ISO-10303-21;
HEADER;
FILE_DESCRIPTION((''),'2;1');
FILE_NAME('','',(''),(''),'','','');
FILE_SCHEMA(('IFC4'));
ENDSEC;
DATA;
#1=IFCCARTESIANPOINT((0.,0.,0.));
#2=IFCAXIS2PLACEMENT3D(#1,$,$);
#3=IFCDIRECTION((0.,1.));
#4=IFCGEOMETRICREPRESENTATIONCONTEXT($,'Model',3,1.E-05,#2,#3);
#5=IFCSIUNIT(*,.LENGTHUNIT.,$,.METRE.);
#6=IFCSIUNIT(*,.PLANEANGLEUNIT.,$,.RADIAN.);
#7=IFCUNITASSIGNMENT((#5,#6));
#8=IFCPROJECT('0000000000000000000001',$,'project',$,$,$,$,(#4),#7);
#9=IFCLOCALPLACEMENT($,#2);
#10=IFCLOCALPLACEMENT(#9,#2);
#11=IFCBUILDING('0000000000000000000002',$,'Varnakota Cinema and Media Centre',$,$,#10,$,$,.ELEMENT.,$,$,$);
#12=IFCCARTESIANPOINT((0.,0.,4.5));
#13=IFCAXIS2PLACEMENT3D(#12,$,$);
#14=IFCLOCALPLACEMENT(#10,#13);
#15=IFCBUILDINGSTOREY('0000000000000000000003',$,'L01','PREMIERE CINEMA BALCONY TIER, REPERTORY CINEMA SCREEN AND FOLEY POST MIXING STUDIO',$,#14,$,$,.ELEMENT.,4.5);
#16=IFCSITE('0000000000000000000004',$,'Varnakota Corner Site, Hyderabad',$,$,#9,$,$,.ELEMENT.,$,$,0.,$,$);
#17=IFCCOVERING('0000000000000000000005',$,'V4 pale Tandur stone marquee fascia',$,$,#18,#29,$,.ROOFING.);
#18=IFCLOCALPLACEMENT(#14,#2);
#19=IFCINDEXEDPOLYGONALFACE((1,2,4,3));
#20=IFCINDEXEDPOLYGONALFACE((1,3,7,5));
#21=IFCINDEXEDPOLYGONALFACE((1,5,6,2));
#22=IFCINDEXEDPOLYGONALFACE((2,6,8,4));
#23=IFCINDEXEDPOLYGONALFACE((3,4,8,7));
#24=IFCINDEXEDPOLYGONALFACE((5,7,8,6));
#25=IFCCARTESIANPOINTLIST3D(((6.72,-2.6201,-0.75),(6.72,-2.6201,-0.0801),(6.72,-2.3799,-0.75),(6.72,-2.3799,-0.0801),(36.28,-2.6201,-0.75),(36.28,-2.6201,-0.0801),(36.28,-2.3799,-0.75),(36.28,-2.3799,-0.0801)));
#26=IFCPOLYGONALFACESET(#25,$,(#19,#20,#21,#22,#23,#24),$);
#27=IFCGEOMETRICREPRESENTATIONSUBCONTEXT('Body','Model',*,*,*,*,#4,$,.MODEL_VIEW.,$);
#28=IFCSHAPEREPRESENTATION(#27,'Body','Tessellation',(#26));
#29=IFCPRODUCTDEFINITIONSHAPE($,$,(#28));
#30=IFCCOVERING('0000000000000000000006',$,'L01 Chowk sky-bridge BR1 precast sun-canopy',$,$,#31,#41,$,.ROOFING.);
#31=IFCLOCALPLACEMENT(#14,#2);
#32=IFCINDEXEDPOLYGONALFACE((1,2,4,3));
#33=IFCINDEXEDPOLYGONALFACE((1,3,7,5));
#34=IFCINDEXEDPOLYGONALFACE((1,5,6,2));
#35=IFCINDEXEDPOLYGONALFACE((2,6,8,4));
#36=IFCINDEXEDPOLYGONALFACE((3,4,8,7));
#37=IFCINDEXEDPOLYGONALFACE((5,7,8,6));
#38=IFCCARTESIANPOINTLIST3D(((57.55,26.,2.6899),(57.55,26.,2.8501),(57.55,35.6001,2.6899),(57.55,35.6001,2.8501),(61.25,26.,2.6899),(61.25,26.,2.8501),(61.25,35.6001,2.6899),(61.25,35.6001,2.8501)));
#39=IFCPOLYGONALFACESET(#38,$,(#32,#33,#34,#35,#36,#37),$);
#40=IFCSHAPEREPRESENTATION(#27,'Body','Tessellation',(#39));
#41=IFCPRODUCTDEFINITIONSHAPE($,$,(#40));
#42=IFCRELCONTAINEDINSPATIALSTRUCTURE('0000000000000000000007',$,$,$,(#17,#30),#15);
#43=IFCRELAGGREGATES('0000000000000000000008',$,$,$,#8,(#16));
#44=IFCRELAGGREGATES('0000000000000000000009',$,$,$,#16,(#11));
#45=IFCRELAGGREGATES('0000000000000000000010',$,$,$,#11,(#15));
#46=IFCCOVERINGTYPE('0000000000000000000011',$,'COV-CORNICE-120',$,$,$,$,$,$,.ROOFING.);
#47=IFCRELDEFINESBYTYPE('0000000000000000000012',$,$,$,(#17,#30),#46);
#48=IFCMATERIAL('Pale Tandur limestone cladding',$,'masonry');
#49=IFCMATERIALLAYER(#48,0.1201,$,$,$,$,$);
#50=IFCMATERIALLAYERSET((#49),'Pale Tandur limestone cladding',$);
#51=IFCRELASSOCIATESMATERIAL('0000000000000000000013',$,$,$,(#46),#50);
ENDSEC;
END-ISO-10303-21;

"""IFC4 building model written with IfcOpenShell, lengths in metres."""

from ifc_helpers import new_model, si_unit, direction, frame, origin, place, context, subcontext, project, spatial, polyline, outline, extrude, material, layer, layer_set, type_object, element, save


model = new_model("IFC4")

# Units and contexts
model_context = context("Model", 3, precision=1e-05, world=origin(), true_north=direction((0.0, 1.0)))
body_context = subcontext(model_context, "Body", "Model", "MODEL_VIEW")
ifc_project = project(units=[si_unit("LENGTHUNIT", "METRE"), si_unit("PLANEANGLEUNIT", "RADIAN")], contexts=[model_context])

# Site, building, storey
site_placement = place(None, origin())
site = spatial("IfcSite", under=ifc_project, at=site_placement, Name="Varnakota Corner Site, Hyderabad", CompositionType="ELEMENT", RefElevation=0.0)
building_placement = place(site_placement, origin())
building = spatial("IfcBuilding", under=site, at=building_placement, Name="Varnakota Cinema and Media Centre", CompositionType="ELEMENT")
storey_placement = place(building_placement, frame((0.0, 0.0, 4.5)))
storey = spatial("IfcBuildingStorey", under=building, at=storey_placement, Name="L01", Description="PREMIERE CINEMA BALCONY TIER, REPERTORY CINEMA SCREEN AND FOLEY POST MIXING STUDIO", CompositionType="ELEMENT", Elevation=4.5)

# Coverings
ifc_material_1 = material(Name="Pale Tandur limestone cladding", Category="masonry")
ifc_layer_1 = layer(ifc_material_1, 0.1201)
ifc_layer_set_1 = layer_set([ifc_layer_1], Name="Pale Tandur limestone cladding")
covering_type_1 = type_object("IfcCoveringType", Name="COV-CORNICE-120", PredefinedType="ROOFING", material=ifc_layer_set_1)
covering_1_placement = place(storey_placement, frame((0.0, 0.0, -0.75)))
element("IfcCovering", 1, at=covering_1_placement, inside=storey, type_object=covering_type_1, Name="V4 pale Tandur stone marquee fascia", PredefinedType="ROOFING", context=body_context, shape_type="SweptSolid", body=[
    extrude(outline(polyline([(6.72, -2.6201), (36.28, -2.6201), (36.28, -2.3799), (6.72, -2.3799), (6.72, -2.6201)])), origin(), (0.0, 0.0, 1.0), 0.6699),
])
covering_2_placement = place(storey_placement, frame((0.0, 0.0, 2.6899)))
element("IfcCovering", 2, at=covering_2_placement, inside=storey, type_object=covering_type_1, Name="L01 Chowk sky-bridge BR1 precast sun-canopy", PredefinedType="ROOFING", context=body_context, shape_type="SweptSolid", body=[
    extrude(outline(polyline([(57.55, 26.0), (61.25, 26.0), (61.25, 35.6001), (57.55, 35.6001), (57.55, 26.0)])), origin(), (0.0, 0.0, 1.0), 0.1602),
])

save(model, "model.ifc")
